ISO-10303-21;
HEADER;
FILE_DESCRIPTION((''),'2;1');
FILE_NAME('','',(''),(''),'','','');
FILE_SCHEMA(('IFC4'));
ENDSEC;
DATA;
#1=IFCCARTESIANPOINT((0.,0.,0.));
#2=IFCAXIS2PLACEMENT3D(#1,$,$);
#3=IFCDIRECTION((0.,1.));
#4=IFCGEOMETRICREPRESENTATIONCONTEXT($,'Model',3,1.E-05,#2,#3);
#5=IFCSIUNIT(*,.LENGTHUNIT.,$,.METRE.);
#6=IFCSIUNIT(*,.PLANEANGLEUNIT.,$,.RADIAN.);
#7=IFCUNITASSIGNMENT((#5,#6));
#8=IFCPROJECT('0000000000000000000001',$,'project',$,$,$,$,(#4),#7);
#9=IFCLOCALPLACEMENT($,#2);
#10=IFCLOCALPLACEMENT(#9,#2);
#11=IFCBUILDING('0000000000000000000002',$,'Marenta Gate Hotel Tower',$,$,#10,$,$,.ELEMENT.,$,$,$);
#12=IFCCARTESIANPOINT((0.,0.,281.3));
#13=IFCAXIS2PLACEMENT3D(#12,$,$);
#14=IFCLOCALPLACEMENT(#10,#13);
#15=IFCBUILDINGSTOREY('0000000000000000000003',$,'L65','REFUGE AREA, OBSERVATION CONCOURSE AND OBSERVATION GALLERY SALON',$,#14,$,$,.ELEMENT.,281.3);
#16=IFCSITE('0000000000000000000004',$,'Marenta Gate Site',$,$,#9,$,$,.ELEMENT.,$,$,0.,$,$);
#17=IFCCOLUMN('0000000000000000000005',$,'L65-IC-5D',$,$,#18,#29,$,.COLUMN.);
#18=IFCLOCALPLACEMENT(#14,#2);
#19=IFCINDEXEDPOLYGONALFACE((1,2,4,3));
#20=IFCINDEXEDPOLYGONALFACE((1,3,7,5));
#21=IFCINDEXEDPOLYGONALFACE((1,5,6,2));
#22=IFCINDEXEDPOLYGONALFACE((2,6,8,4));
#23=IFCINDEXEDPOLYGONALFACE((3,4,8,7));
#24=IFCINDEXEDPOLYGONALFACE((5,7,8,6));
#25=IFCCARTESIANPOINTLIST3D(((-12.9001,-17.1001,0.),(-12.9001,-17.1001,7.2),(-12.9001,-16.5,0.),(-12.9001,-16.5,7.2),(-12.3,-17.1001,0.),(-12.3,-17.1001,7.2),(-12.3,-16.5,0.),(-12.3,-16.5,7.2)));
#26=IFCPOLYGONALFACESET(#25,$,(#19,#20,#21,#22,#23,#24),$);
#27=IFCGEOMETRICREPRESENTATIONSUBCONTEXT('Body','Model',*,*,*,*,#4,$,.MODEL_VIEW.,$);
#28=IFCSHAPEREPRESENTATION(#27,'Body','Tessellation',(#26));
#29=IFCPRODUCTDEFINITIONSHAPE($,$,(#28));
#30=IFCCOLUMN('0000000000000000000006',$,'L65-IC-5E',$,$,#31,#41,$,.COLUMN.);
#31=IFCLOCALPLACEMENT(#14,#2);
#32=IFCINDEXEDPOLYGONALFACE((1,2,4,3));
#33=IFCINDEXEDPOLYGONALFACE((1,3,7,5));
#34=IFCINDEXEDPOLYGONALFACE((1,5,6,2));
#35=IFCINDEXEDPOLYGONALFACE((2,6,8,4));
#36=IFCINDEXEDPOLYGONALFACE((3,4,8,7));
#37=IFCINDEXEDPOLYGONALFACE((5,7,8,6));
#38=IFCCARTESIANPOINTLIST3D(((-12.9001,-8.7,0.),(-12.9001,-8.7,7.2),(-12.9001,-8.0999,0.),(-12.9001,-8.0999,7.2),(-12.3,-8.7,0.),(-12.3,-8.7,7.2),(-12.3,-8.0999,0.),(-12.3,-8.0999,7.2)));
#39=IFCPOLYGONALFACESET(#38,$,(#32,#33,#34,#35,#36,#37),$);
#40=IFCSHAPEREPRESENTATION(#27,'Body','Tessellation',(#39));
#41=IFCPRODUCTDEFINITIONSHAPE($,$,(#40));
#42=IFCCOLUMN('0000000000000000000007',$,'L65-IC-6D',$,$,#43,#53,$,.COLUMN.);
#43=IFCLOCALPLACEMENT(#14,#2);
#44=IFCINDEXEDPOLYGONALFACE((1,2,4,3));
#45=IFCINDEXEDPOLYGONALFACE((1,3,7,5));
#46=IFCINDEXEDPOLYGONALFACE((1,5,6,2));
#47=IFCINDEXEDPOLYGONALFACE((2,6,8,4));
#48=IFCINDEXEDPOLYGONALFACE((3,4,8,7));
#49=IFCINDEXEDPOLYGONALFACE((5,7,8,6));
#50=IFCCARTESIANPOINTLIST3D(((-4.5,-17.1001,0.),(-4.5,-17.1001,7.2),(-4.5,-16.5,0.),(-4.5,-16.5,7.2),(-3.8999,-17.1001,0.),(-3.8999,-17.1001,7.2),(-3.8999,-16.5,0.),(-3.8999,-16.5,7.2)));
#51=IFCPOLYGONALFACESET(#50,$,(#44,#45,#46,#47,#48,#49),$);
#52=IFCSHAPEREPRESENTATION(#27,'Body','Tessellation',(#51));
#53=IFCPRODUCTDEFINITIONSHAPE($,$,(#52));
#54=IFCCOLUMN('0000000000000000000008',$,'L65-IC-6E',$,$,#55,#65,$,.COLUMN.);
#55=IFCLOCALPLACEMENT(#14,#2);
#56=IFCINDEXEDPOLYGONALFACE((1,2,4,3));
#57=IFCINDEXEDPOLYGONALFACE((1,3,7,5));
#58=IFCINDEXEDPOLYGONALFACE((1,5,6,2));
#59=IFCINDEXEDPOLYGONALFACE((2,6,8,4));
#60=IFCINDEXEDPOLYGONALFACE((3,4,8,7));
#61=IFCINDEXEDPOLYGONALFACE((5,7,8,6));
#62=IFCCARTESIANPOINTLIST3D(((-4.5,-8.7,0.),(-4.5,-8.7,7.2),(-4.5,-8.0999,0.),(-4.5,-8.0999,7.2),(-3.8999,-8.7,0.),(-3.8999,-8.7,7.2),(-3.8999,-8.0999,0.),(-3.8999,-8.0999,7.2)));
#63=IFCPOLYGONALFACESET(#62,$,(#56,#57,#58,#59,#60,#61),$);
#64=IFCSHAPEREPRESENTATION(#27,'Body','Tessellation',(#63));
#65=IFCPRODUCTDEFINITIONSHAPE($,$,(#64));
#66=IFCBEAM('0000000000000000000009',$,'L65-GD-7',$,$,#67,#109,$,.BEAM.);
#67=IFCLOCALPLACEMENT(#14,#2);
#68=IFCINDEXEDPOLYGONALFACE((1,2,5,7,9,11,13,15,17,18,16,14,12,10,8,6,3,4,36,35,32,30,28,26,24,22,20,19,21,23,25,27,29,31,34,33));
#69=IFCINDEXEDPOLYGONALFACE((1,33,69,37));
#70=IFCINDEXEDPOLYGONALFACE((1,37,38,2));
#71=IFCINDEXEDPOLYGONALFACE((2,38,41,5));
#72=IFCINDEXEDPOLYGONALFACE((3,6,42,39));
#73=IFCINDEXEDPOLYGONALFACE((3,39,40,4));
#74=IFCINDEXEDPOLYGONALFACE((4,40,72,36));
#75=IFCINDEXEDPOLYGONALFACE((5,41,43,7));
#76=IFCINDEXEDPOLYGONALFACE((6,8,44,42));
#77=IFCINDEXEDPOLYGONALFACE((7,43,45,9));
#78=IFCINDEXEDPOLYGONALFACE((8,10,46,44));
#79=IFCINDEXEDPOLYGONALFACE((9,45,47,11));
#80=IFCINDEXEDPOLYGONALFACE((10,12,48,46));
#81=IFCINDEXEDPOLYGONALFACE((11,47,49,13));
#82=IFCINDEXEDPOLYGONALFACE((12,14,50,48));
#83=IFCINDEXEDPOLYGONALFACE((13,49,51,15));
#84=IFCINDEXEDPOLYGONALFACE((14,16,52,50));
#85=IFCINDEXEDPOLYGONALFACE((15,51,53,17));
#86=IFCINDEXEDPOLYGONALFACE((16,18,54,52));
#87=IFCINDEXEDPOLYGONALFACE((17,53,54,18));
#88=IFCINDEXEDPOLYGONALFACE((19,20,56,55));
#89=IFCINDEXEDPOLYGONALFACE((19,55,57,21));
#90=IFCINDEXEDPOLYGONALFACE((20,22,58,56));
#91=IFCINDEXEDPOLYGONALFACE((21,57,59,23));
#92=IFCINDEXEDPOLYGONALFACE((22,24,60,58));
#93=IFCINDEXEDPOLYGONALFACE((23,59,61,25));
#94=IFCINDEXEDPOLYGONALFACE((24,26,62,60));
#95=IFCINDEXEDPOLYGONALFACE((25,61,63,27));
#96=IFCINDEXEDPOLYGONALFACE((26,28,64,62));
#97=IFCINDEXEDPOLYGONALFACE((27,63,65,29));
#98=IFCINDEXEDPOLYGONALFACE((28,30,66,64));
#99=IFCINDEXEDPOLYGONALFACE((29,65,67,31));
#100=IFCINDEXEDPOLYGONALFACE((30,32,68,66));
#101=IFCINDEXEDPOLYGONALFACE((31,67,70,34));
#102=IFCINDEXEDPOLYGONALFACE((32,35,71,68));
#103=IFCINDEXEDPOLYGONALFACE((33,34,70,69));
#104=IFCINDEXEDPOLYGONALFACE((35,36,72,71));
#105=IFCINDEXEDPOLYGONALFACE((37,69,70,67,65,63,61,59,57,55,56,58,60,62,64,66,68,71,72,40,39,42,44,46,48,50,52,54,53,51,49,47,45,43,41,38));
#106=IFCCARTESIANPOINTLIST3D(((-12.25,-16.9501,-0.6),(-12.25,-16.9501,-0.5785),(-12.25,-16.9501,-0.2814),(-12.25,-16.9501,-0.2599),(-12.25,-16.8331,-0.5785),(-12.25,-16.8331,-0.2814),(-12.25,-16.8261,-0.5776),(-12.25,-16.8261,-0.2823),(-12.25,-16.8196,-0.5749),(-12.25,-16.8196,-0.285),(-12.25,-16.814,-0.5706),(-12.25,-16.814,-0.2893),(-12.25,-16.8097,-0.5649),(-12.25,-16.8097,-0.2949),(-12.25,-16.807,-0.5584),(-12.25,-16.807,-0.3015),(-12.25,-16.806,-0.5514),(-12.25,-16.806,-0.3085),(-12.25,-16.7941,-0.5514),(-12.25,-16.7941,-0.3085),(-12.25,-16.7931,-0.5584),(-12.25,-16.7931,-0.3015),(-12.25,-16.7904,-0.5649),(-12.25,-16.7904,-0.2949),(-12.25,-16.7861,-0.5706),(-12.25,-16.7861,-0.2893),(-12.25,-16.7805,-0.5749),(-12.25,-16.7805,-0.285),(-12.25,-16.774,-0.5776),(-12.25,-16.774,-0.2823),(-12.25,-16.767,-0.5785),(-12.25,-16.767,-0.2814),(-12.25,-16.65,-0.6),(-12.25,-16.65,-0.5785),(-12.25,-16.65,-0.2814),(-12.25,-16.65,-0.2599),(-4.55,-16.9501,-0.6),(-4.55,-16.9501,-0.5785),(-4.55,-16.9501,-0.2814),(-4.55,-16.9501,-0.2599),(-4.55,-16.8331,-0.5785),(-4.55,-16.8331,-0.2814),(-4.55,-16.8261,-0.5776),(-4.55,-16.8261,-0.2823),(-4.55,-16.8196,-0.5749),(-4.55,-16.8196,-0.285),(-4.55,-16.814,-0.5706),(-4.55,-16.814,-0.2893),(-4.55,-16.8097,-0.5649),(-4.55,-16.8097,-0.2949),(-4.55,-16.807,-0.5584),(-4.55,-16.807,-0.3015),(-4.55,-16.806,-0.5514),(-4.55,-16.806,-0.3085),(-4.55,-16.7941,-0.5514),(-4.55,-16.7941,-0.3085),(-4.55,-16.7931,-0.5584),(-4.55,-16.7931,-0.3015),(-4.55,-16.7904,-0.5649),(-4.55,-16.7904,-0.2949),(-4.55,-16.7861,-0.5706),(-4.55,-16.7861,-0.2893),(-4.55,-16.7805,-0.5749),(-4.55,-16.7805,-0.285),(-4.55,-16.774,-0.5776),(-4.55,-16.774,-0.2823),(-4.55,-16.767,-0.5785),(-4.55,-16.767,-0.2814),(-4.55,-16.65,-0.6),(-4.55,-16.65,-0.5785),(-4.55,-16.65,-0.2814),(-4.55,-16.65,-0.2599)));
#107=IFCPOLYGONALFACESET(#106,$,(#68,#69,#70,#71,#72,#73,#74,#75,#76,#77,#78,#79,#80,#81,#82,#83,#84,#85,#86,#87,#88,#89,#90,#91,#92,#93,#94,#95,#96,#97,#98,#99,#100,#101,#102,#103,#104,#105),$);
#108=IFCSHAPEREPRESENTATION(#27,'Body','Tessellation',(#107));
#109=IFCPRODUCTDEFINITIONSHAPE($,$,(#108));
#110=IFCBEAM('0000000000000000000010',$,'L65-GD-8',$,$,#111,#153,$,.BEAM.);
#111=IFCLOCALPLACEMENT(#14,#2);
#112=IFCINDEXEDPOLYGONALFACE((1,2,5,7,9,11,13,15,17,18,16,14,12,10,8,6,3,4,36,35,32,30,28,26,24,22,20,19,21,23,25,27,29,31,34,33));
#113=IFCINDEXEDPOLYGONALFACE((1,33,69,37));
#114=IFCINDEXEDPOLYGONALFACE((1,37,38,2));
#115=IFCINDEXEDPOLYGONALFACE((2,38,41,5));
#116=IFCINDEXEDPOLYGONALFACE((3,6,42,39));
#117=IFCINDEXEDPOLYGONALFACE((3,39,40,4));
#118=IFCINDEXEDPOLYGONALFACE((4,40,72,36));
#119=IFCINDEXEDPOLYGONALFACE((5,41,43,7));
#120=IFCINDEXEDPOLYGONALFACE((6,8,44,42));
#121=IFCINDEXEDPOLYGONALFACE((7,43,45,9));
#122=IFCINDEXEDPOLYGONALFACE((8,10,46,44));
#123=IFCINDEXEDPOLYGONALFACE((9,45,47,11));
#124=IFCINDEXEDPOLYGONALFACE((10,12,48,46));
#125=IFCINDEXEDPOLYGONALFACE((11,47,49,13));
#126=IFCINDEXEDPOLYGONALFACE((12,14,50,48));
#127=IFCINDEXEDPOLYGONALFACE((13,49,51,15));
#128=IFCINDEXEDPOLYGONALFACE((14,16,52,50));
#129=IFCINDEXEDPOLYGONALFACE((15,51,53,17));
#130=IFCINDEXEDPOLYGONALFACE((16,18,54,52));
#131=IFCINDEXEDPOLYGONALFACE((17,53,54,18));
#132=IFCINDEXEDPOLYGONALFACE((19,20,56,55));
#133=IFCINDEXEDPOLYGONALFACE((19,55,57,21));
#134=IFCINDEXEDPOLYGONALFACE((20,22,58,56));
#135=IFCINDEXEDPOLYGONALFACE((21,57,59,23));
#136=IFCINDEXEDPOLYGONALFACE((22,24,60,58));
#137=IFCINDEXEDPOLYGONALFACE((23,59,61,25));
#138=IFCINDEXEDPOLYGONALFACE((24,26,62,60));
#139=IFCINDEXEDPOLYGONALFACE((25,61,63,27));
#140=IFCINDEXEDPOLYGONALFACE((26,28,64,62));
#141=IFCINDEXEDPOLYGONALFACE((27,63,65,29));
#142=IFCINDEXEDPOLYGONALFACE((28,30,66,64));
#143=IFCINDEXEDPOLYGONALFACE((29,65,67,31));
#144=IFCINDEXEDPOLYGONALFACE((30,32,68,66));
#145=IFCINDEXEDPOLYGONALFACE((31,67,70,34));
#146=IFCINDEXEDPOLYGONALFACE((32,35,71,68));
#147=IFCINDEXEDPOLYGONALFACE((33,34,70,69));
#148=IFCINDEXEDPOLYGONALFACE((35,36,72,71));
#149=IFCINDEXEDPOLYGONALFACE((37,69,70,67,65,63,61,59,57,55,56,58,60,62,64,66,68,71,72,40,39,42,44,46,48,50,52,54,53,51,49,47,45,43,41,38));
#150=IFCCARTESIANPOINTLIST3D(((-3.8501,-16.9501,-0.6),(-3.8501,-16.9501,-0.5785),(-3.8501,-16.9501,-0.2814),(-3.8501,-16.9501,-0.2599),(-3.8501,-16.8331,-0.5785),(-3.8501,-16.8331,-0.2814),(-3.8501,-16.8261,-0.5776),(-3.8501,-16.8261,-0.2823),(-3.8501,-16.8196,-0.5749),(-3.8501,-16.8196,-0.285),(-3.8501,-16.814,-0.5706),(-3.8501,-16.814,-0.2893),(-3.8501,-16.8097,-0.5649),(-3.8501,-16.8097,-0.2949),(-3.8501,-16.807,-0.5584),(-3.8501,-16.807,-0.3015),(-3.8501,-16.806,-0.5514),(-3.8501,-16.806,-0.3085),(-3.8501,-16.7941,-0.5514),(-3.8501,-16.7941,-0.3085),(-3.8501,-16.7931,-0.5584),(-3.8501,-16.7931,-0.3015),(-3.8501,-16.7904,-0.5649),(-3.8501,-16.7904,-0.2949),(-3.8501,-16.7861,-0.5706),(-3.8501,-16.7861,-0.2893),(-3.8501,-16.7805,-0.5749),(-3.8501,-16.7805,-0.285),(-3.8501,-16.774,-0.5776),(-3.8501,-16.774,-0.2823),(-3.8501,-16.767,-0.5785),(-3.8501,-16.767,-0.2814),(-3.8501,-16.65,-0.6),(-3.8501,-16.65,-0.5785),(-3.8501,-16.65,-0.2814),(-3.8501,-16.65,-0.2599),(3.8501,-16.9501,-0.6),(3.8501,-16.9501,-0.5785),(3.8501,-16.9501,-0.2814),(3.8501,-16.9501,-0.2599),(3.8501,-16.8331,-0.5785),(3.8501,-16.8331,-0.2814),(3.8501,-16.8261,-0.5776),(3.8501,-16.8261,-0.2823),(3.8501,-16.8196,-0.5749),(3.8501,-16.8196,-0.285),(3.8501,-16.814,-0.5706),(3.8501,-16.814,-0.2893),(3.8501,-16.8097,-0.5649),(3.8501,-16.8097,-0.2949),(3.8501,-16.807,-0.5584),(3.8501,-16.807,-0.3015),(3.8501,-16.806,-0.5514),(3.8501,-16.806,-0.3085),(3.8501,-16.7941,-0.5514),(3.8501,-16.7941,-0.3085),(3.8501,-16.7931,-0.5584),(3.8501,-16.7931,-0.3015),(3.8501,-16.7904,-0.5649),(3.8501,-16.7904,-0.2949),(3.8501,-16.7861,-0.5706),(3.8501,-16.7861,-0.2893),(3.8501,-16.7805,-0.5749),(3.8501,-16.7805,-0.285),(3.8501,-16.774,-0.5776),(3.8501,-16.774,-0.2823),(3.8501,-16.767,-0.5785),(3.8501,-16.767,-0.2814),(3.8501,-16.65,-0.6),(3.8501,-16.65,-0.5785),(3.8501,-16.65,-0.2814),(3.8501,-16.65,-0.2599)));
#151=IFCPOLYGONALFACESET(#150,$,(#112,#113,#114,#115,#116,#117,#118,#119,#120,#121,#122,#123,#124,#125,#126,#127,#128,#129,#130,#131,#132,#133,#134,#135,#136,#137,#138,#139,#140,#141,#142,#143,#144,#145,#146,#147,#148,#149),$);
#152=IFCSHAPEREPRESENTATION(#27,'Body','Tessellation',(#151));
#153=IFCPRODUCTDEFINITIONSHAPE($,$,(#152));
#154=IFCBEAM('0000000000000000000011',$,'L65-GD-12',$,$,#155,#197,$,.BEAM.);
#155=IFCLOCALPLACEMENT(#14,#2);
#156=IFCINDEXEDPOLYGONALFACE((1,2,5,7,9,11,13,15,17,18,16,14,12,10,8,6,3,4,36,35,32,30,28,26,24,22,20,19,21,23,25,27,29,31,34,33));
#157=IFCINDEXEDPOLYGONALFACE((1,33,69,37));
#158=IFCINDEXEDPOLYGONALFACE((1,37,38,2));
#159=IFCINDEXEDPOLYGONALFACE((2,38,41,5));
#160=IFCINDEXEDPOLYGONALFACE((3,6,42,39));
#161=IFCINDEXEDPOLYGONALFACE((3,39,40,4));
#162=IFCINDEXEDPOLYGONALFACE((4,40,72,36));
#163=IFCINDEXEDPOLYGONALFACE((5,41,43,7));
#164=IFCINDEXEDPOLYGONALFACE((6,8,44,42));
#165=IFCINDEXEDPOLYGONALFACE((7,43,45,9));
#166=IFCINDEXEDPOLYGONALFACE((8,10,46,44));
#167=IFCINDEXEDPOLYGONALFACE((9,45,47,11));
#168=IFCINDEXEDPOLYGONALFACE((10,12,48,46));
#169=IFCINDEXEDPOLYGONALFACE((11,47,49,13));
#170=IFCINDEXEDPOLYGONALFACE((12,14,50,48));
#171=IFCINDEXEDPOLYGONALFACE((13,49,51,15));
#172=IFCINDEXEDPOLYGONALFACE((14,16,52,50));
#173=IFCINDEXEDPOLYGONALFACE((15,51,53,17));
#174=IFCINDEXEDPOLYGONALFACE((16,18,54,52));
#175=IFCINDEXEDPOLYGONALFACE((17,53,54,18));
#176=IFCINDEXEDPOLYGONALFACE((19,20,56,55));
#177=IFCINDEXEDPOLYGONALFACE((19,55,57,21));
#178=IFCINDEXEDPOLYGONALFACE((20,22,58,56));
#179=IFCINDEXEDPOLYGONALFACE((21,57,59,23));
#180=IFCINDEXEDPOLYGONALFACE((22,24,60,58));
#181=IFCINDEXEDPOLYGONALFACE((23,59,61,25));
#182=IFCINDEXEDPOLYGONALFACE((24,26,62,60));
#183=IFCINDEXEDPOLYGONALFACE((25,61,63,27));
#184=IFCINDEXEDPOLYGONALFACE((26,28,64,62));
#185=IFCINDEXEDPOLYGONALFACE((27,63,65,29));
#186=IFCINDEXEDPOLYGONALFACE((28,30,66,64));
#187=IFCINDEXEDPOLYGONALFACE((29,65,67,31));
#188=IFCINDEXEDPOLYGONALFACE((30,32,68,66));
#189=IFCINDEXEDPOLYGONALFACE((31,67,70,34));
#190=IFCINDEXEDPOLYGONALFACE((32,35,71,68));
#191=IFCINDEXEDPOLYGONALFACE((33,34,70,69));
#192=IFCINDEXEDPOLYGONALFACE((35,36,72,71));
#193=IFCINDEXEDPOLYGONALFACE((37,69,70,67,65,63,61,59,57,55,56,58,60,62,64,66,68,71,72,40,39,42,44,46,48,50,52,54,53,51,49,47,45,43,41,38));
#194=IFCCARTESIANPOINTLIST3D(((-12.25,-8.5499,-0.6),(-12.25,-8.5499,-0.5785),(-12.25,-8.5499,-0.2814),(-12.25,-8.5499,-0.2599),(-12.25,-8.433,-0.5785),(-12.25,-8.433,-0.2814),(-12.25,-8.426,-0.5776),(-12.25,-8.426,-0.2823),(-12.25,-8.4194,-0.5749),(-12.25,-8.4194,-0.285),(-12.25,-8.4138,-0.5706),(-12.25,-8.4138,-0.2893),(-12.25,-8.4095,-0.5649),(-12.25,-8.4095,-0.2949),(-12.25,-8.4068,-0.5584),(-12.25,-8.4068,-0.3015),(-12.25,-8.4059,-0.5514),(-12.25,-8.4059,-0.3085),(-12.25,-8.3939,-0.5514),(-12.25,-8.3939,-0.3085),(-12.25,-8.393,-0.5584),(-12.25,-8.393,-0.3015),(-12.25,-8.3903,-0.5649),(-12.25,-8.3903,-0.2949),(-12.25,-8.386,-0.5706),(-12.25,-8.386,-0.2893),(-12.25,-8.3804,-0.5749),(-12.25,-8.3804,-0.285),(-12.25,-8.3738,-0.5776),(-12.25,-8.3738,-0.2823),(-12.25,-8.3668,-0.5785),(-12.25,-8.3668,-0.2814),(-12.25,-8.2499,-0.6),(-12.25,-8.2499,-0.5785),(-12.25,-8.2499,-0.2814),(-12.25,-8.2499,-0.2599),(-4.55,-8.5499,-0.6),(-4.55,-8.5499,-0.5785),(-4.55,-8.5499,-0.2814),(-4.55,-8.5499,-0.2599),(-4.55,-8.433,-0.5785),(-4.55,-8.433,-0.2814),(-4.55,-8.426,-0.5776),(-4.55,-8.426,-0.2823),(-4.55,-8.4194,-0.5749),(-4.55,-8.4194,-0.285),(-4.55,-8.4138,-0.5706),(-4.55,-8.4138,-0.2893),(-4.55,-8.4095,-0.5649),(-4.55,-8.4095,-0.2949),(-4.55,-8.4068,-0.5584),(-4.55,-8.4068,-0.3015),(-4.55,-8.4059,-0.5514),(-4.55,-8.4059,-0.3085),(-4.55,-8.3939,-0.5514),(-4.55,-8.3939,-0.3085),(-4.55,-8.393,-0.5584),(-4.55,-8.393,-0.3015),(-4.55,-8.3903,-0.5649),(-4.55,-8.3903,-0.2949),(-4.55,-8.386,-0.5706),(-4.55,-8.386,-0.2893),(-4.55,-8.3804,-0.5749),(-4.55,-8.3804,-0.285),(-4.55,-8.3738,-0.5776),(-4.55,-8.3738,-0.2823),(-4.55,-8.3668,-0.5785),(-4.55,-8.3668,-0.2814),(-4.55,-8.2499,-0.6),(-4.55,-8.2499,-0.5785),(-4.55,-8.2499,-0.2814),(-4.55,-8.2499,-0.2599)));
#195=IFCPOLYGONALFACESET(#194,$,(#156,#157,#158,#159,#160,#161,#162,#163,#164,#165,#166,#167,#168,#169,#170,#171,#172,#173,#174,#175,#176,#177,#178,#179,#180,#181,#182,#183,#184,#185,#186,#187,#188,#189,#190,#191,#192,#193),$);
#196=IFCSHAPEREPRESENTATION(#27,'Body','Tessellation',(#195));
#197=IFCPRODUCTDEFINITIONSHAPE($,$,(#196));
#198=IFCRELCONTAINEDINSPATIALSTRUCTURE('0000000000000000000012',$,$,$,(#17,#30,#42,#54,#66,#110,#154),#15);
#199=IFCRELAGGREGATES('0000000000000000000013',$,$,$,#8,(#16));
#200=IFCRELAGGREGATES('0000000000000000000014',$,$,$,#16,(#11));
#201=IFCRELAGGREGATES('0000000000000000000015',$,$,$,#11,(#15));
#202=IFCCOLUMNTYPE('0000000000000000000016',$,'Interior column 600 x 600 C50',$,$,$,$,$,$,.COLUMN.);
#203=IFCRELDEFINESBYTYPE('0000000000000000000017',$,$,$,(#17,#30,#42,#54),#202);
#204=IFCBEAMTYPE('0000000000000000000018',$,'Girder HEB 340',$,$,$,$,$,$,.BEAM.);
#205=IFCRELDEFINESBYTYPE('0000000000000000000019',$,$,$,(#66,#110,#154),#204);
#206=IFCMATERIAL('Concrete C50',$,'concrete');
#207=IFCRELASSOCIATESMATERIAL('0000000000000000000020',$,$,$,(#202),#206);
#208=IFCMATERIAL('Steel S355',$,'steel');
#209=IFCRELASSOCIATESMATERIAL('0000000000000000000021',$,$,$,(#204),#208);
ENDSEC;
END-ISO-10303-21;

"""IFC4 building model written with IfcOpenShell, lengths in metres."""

from ifc_helpers import new_model, si_unit, direction, frame, origin, origin_2d, place, context, subcontext, project, spatial, rectangle, i_section, extrude, material, material_profile, profile_set, type_object, element, save


model = new_model("IFC4")

# Units and contexts
model_context = context("Model", 3, precision=1e-05, world=origin(), true_north=direction((0.0, 1.0)))
body_context = subcontext(model_context, "Body", "Model", "MODEL_VIEW")
ifc_project = project(units=[si_unit("LENGTHUNIT", "METRE"), si_unit("PLANEANGLEUNIT", "RADIAN")], contexts=[model_context])

# Site, building, storey
site_placement = place(None, origin())
site = spatial("IfcSite", under=ifc_project, at=site_placement, Name="Marenta Gate Site", CompositionType="ELEMENT", RefElevation=0.0)
building_placement = place(site_placement, origin())
building = spatial("IfcBuilding", under=site, at=building_placement, Name="Marenta Gate Hotel Tower", CompositionType="ELEMENT")
storey_placement = place(building_placement, frame((0.0, 0.0, 281.3)))
storey = spatial("IfcBuildingStorey", under=building, at=storey_placement, Name="L65", Description="REFUGE AREA, OBSERVATION CONCOURSE AND OBSERVATION GALLERY SALON", CompositionType="ELEMENT", Elevation=281.3)

# Columns
ifc_material_1 = material(Name="Concrete C50", Category="concrete")
ifc_material_profile_1 = material_profile(ifc_material_1, rectangle(XDim=0.6001, YDim=0.6001, at=origin_2d()), Name="600 x 600")
ifc_profile_set_1 = profile_set([ifc_material_profile_1], Name="Concrete C50")
column_type = type_object("IfcColumnType", Name="Interior column 600 x 600 C50", PredefinedType="COLUMN", material=ifc_profile_set_1)
for number, where, z_axis, x_axis, name in (
    (1, (-12.6001, -16.8, 0.0), (0.0, 0.0, 1.0), (1.0, 0.0, 0.0), "L65-IC-5D"),
    (2, (-12.6001, -8.3999, 0.0), (0.0, 0.0, 1.0), (1.0, 0.0, 0.0), "L65-IC-5E"),
    (3, (-4.2, -16.8, 0.0), (0.0, 0.0, 1.0), (1.0, 0.0, 0.0), "L65-IC-6D"),
    (4, (-4.2, -8.3999, 0.0), (0.0, 0.0, 1.0), (1.0, 0.0, 0.0), "L65-IC-6E"),
):
    element("IfcColumn", number, at=place(storey_placement, frame(where, z_axis=z_axis, x_axis=x_axis)), inside=storey, type_object=column_type, Name=name, PredefinedType="COLUMN", context=body_context, shape_type="SweptSolid", body=[
        extrude(rectangle(XDim=0.6001, YDim=0.6001, at=origin_2d()), origin(), (0.0, 0.0, 1.0), 7.2),
    ])

# Beams
ifc_material_2 = material(Name="Steel S355", Category="steel")
ifc_material_profile_2 = material_profile(ifc_material_2, i_section(OverallWidth=0.3, OverallDepth=0.3401, WebThickness=0.012, FlangeThickness=0.0215, FilletRadius=0.0271, at=origin_2d()), Name="HEB 340")
ifc_profile_set_2 = profile_set([ifc_material_profile_2], Name="Steel S355")
beam_type = type_object("IfcBeamType", Name="Girder HEB 340", PredefinedType="BEAM", material=ifc_profile_set_2)
beam_1_placement = place(storey_placement, frame((-12.25, -16.8, -0.4299), z_axis=(1.0, 0.0, 0.0), x_axis=(0.0, 1.0, 0.0)))
element("IfcBeam", 5, at=beam_1_placement, inside=storey, type_object=beam_type, Name="L65-GD-7", PredefinedType="BEAM", context=body_context, shape_type="SweptSolid", body=[
    extrude(i_section(OverallWidth=0.3, OverallDepth=0.3401, WebThickness=0.012, FlangeThickness=0.0215, FilletRadius=0.0271, at=origin_2d()), origin(), (0.0, 0.0, 1.0), 7.7),
])
beam_2_placement = place(storey_placement, frame((-3.8501, -16.8, -0.4299), z_axis=(1.0, 0.0, 0.0), x_axis=(0.0, 1.0, 0.0)))
element("IfcBeam", 6, at=beam_2_placement, inside=storey, type_object=beam_type, Name="L65-GD-8", PredefinedType="BEAM", context=body_context, shape_type="SweptSolid", body=[
    extrude(i_section(OverallWidth=0.3, OverallDepth=0.3401, WebThickness=0.012, FlangeThickness=0.0215, FilletRadius=0.0271, at=origin_2d()), origin(), (0.0, 0.0, 1.0), 7.7002),
])
beam_3_placement = place(storey_placement, frame((-12.25, -8.3999, -0.4299), z_axis=(1.0, 0.0, 0.0), x_axis=(0.0, 1.0, 0.0)))
element("IfcBeam", 7, at=beam_3_placement, inside=storey, type_object=beam_type, Name="L65-GD-12", PredefinedType="BEAM", context=body_context, shape_type="SweptSolid", body=[
    extrude(i_section(OverallWidth=0.3, OverallDepth=0.3401, WebThickness=0.012, FlangeThickness=0.0215, FilletRadius=0.0271, at=origin_2d()), origin(), (0.0, 0.0, 1.0), 7.7),
])

save(model, "model.ifc")
